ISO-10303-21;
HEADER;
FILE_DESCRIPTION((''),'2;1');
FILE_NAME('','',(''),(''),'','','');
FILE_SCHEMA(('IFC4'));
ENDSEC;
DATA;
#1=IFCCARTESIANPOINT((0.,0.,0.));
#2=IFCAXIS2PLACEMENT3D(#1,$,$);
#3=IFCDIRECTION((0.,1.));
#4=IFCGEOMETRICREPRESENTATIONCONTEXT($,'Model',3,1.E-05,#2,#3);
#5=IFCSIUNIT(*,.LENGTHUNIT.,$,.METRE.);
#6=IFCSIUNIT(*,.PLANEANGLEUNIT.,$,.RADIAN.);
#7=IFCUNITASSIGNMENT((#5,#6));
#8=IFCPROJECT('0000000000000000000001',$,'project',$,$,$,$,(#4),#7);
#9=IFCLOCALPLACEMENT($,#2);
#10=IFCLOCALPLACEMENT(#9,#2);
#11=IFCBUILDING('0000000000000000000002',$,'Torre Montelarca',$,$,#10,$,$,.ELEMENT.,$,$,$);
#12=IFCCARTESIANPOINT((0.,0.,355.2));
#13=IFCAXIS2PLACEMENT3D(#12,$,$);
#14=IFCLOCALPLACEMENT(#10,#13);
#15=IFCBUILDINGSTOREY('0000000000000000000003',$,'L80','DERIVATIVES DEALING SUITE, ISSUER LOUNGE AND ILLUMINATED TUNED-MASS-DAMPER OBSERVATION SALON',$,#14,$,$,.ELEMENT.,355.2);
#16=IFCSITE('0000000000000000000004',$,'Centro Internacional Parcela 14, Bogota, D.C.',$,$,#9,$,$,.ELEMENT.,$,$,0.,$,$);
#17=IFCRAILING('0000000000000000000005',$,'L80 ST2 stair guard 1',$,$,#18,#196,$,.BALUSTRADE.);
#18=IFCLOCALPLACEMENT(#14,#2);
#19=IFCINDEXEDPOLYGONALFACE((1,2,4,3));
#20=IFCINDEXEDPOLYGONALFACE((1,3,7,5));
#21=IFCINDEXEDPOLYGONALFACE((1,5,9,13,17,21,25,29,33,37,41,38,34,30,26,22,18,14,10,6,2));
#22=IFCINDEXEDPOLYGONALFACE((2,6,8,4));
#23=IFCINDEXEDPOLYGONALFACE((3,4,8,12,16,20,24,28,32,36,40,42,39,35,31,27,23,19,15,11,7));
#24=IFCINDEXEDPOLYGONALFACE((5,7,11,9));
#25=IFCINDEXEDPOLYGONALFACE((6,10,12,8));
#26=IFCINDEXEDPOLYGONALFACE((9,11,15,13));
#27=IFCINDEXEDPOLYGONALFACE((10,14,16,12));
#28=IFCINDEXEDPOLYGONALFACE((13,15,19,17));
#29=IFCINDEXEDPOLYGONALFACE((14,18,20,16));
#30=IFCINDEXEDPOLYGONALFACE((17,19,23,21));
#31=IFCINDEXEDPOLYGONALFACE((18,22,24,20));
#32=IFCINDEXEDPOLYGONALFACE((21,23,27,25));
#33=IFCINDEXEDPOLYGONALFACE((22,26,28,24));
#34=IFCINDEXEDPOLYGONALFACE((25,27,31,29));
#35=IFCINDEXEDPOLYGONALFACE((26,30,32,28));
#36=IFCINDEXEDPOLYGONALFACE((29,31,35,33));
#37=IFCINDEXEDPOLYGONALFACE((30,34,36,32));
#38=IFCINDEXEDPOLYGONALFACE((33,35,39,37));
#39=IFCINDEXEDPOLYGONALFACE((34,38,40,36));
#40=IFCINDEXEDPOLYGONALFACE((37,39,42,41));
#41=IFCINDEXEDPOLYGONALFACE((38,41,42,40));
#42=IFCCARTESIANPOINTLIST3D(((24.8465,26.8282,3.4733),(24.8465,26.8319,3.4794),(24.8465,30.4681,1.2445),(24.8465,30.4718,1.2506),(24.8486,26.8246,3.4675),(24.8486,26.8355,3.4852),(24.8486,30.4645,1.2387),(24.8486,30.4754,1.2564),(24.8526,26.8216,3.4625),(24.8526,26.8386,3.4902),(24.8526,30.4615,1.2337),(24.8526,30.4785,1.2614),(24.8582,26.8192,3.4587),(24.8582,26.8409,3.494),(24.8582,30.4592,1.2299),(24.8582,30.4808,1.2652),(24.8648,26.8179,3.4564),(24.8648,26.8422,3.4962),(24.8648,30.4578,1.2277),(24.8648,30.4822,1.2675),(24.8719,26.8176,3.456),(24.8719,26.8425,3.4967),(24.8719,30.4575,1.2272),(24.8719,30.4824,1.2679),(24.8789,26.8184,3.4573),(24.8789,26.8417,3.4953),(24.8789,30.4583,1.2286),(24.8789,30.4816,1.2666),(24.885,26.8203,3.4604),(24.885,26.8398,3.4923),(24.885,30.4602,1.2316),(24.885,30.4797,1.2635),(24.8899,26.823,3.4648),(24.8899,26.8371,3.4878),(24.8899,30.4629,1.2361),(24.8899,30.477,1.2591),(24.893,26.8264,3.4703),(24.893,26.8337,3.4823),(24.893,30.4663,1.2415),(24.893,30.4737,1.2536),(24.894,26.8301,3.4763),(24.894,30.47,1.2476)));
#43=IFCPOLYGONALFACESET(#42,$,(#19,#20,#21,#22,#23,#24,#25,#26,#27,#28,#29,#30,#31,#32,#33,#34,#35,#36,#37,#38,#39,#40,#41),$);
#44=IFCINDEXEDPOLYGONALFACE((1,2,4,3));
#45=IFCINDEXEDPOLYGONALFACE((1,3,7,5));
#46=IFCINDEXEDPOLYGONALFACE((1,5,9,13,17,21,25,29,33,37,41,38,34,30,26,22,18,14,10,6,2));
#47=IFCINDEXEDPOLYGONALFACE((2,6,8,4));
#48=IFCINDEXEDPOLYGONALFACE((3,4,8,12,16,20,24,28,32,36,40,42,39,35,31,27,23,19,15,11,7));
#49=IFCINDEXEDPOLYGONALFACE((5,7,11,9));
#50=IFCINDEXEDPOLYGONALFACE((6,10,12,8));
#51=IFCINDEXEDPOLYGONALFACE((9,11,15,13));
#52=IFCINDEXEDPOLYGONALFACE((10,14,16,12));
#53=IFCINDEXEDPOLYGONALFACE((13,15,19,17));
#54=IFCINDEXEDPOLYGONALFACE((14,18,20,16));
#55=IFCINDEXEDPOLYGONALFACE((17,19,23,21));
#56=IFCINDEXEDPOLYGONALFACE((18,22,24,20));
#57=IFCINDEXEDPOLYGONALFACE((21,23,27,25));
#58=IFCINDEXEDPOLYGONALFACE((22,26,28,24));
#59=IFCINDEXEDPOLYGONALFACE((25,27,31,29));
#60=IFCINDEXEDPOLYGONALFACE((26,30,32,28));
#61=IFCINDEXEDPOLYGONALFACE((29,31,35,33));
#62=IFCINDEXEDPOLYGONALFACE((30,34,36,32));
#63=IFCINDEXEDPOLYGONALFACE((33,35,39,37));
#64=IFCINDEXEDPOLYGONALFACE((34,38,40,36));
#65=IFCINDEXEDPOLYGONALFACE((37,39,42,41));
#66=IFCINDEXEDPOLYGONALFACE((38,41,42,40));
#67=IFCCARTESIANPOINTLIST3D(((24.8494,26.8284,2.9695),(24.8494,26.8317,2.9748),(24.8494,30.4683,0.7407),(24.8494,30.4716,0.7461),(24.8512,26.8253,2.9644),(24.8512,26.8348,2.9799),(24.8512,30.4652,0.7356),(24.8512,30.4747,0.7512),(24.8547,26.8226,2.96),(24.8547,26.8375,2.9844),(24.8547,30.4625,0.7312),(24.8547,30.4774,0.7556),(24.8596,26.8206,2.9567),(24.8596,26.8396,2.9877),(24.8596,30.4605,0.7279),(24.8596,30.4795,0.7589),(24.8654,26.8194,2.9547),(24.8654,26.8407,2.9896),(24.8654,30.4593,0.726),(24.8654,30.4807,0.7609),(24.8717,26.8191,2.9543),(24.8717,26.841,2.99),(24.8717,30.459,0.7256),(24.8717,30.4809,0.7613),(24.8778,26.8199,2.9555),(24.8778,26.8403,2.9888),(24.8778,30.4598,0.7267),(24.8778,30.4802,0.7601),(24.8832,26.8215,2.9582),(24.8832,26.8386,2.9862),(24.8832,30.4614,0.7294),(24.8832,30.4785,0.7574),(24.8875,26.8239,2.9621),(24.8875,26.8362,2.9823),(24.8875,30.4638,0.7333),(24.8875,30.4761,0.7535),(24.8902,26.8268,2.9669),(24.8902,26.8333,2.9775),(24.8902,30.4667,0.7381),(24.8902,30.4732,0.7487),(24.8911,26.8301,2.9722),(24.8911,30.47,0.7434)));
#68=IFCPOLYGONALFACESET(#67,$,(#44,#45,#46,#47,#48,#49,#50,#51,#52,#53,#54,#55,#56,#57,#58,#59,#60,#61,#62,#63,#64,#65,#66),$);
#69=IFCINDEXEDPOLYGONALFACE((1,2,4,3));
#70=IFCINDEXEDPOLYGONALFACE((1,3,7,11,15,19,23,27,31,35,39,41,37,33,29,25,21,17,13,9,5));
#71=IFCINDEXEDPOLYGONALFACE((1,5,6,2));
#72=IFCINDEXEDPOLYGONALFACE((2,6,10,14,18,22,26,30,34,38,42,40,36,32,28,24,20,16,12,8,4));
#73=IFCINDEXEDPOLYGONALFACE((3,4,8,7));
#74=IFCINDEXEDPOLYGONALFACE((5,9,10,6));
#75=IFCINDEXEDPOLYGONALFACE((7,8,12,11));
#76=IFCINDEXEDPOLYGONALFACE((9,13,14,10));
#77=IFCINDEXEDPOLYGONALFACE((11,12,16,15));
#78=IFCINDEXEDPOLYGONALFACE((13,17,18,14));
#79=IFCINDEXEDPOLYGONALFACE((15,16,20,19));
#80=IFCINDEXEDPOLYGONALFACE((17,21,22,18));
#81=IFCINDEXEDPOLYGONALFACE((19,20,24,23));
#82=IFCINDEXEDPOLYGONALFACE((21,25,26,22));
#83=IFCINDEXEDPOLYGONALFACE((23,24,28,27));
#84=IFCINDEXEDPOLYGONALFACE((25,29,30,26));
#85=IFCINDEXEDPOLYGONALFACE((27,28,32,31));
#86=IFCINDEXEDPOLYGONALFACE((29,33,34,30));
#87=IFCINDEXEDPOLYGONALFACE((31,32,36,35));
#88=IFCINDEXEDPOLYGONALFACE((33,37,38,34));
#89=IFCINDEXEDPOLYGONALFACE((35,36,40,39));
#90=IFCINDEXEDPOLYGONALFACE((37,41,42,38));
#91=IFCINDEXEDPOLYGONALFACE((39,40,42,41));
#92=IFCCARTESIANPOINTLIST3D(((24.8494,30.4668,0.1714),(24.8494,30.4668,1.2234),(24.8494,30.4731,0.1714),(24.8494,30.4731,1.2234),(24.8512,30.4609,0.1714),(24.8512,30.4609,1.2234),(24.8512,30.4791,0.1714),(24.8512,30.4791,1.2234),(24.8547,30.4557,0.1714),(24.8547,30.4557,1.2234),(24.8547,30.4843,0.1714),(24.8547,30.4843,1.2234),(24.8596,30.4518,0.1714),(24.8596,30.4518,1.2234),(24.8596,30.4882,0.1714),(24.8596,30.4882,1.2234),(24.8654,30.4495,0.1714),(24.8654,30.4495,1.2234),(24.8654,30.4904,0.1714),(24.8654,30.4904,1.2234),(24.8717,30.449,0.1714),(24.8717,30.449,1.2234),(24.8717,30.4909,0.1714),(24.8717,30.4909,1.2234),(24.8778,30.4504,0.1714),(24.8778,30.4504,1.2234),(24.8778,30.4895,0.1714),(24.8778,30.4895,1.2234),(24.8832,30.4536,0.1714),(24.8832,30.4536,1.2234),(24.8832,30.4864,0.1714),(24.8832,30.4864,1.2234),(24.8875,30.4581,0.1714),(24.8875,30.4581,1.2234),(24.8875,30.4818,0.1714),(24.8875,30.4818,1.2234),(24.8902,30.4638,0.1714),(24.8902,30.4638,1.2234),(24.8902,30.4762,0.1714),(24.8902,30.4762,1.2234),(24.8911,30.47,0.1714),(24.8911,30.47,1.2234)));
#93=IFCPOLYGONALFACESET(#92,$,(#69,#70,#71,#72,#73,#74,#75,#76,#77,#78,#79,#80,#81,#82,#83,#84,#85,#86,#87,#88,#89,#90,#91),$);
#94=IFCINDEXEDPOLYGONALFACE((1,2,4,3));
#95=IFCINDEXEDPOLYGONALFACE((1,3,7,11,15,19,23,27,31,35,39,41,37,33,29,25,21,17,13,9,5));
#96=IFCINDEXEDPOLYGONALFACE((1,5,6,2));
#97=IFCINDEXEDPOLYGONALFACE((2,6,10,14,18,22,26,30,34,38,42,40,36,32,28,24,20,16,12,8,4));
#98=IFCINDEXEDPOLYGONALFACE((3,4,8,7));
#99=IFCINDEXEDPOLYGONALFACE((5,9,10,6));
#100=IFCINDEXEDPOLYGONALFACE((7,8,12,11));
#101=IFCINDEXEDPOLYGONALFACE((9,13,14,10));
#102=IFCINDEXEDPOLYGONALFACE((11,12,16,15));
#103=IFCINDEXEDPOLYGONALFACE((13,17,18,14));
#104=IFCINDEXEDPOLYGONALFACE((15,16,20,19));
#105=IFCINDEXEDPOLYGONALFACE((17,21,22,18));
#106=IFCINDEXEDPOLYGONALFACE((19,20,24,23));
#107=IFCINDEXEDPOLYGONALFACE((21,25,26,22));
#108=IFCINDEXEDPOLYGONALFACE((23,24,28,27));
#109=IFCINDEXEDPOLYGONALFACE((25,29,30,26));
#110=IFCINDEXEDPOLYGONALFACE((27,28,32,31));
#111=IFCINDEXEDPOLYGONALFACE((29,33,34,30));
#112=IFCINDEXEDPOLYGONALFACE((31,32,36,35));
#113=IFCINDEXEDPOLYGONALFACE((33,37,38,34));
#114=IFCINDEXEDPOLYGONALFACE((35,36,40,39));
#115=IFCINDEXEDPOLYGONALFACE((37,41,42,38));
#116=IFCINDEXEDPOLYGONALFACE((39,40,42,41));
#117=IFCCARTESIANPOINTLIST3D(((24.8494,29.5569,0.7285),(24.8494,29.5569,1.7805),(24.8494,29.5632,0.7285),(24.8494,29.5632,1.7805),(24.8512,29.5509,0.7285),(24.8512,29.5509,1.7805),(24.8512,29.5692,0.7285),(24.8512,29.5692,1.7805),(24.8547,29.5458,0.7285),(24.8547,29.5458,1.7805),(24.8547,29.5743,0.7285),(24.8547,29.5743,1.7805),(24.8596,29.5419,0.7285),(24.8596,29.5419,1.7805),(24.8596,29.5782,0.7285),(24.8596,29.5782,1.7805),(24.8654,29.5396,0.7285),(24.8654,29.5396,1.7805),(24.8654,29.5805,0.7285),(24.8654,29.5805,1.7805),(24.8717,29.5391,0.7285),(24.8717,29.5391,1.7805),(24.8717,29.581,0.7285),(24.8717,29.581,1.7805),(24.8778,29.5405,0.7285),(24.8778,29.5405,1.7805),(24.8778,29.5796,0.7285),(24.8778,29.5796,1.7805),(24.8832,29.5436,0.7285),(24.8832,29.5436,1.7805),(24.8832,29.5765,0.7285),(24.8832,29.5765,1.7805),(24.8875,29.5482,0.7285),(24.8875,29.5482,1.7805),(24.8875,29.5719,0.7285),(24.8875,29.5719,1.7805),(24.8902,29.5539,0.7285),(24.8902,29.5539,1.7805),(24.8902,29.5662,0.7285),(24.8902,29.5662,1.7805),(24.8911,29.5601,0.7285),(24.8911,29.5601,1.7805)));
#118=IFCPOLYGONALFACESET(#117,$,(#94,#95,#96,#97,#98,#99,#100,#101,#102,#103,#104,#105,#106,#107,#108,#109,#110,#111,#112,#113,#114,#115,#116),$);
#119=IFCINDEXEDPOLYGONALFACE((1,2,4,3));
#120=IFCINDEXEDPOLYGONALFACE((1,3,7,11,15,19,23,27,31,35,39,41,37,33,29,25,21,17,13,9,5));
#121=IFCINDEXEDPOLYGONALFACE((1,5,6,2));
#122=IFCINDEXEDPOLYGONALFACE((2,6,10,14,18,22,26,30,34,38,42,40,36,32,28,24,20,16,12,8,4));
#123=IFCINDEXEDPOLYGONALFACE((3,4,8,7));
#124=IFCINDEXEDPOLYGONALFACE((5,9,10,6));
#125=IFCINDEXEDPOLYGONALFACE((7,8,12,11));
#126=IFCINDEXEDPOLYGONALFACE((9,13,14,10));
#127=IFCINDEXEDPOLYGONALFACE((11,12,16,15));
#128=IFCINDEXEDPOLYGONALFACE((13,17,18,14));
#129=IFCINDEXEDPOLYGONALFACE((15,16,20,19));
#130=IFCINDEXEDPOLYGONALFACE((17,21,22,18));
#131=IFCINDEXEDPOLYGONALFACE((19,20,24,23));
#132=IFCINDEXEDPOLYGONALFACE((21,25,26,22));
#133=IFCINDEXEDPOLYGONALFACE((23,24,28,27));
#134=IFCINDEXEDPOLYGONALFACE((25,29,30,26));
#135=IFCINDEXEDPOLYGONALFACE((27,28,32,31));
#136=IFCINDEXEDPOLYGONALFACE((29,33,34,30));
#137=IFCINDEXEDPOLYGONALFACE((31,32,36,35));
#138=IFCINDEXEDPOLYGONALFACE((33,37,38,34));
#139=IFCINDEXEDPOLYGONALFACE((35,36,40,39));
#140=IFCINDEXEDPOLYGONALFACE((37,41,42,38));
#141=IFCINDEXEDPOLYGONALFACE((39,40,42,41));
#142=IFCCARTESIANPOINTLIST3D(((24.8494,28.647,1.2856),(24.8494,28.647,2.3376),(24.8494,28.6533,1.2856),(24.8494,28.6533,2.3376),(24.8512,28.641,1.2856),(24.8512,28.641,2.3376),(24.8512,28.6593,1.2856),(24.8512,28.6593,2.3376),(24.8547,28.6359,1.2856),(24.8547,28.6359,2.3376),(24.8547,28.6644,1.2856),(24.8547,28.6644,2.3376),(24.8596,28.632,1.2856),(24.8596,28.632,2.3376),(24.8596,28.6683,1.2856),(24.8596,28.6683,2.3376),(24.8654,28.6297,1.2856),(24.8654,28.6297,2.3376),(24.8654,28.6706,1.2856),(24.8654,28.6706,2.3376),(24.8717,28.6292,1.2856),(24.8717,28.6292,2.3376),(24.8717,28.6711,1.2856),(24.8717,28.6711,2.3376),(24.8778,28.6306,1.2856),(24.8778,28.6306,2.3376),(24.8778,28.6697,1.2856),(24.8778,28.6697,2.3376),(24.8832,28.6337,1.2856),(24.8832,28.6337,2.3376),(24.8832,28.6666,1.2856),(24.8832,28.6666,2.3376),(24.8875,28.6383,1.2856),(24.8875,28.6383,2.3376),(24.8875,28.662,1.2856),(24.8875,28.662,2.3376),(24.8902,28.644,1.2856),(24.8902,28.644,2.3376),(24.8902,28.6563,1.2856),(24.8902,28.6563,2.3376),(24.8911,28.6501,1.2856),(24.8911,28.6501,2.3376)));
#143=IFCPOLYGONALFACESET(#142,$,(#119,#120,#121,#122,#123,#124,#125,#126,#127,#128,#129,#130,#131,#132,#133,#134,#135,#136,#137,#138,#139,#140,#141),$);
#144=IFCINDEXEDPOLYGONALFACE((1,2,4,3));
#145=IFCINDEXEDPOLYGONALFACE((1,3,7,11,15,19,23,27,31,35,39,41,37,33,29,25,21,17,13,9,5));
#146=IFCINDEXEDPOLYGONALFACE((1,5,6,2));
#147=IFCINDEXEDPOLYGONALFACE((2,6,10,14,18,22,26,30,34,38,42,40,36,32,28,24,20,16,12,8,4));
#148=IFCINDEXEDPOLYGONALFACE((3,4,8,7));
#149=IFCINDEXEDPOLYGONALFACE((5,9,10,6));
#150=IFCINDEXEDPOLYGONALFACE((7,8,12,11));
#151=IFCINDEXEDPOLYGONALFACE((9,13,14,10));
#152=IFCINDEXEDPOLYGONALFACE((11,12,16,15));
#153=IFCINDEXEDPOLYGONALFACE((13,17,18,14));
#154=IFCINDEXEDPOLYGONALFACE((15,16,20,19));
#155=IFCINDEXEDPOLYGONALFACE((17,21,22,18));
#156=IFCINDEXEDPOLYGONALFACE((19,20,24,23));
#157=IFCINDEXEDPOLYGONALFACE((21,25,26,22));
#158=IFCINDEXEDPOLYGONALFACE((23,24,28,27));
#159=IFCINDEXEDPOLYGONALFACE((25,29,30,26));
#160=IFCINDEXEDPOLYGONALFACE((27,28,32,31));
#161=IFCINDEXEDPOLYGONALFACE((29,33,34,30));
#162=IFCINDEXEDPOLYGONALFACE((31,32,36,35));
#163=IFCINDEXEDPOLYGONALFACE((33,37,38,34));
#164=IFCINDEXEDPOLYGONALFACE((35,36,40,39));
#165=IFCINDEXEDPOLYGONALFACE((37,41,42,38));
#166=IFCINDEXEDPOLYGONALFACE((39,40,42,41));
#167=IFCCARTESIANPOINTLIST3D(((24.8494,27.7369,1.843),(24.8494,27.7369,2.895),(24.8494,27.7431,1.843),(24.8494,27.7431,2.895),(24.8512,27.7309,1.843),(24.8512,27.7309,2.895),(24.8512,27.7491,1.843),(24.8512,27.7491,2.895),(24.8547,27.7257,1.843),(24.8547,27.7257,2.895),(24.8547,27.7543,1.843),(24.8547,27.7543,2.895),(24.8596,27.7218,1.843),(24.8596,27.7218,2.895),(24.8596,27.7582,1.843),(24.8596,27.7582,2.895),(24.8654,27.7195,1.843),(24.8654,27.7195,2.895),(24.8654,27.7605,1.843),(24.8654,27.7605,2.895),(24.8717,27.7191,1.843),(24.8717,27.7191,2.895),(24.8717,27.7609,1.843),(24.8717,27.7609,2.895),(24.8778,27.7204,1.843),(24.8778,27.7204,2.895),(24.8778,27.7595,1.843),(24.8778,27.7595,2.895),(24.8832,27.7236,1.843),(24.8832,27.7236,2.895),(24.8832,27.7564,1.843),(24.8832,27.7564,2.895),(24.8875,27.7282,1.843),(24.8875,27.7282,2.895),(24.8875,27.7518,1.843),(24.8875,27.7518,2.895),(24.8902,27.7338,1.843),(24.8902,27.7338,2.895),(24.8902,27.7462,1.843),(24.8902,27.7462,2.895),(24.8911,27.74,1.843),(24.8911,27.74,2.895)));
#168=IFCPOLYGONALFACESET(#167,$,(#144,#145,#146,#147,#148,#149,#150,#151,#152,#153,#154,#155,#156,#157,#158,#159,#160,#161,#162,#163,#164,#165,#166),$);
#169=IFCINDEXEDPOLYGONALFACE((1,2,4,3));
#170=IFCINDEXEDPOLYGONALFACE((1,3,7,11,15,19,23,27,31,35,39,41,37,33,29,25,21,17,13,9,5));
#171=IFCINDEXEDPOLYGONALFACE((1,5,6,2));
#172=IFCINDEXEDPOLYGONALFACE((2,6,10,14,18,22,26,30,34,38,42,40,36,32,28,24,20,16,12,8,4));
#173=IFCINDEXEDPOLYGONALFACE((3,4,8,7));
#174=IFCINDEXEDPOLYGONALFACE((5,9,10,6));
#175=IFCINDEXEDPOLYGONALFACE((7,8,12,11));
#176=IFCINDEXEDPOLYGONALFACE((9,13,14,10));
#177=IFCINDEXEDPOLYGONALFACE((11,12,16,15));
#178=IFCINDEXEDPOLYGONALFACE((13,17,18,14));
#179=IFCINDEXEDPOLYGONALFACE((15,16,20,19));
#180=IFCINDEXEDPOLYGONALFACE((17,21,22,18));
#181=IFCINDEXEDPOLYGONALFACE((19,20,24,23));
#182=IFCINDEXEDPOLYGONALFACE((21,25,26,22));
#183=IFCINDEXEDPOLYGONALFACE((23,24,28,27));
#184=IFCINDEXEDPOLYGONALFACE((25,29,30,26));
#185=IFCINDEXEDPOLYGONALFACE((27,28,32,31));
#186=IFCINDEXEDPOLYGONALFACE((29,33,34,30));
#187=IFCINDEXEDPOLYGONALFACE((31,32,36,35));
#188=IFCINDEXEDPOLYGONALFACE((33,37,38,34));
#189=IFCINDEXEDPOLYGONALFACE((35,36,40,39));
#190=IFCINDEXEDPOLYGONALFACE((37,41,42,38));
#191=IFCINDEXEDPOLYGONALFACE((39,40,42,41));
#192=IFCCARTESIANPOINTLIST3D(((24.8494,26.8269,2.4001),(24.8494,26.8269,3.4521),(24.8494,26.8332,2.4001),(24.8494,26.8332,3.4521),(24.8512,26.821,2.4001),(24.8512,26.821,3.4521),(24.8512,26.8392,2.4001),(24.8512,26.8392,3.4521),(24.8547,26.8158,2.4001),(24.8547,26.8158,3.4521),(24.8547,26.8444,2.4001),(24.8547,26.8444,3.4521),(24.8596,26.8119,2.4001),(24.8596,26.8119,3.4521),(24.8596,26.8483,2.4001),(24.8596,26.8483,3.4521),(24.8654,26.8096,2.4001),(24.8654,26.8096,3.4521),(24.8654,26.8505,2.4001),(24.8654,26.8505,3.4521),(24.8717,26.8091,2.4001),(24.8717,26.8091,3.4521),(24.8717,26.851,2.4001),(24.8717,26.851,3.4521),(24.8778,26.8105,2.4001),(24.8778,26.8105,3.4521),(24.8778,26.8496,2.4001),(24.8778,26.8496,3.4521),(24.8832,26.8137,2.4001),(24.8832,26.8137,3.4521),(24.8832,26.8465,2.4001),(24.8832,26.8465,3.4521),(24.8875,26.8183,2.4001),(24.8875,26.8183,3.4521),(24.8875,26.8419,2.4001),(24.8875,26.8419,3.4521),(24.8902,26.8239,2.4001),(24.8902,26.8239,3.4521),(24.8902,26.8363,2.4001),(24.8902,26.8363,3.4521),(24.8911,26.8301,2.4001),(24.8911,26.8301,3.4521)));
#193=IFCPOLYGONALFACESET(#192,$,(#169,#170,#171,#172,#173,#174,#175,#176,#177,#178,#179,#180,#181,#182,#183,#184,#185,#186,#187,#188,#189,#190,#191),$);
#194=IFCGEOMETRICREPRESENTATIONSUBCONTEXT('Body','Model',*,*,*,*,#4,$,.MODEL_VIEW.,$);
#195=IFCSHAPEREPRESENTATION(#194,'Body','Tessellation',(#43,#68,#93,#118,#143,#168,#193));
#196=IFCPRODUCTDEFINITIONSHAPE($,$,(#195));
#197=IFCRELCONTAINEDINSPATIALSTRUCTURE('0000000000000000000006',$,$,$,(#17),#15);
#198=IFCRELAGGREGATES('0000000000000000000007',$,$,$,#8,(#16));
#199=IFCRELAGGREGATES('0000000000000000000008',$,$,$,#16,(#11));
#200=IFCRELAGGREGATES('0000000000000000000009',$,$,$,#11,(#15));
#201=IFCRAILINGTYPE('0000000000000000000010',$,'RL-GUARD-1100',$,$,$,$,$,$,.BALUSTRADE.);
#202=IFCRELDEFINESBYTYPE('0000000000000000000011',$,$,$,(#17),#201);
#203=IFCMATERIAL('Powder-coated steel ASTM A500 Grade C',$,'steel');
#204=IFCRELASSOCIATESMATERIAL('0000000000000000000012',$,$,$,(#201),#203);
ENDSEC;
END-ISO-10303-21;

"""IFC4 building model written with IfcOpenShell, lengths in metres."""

from ifc_helpers import new_model, si_unit, direction, frame, origin, origin_2d, place, context, subcontext, project, spatial, circle, extrude, material, type_object, element, save


model = new_model("IFC4")

# Units and contexts
model_context = context("Model", 3, precision=1e-05, world=origin(), true_north=direction((0.0, 1.0)))
body_context = subcontext(model_context, "Body", "Model", "MODEL_VIEW")
ifc_project = project(units=[si_unit("LENGTHUNIT", "METRE"), si_unit("PLANEANGLEUNIT", "RADIAN")], contexts=[model_context])

# Site, building, storey
site_placement = place(None, origin())
site = spatial("IfcSite", under=ifc_project, at=site_placement, Name="Centro Internacional Parcela 14, Bogota, D.C.", CompositionType="ELEMENT", RefElevation=0.0)
building_placement = place(site_placement, origin())
building = spatial("IfcBuilding", under=site, at=building_placement, Name="Torre Montelarca", CompositionType="ELEMENT")
storey_placement = place(building_placement, frame((0.0, 0.0, 355.2)))
storey = spatial("IfcBuildingStorey", under=building, at=storey_placement, Name="L80", Description="DERIVATIVES DEALING SUITE, ISSUER LOUNGE AND ILLUMINATED TUNED-MASS-DAMPER OBSERVATION SALON", CompositionType="ELEMENT", Elevation=355.2)

# Railing
ifc_material_1 = material(Name="Powder-coated steel ASTM A500 Grade C", Category="steel")
railing_type_1 = type_object("IfcRailingType", Name="RL-GUARD-1100", PredefinedType="BALUSTRADE", material=ifc_material_1)
railing_1_placement = place(storey_placement, frame((24.8701, 30.47, 0.1714)))
element("IfcRailing", 1, at=railing_1_placement, inside=storey, type_object=railing_type_1, Name="L80 ST2 stair guard 1", PredefinedType="BALUSTRADE", context=body_context, shape_type="SweptSolid", body=[
    extrude(circle(Radius=0.0239, at=origin_2d()), frame((0.0, 0.0, 1.0762), z_axis=(0.0, -0.852825, 0.522197), x_axis=(1.0, 0.0, 0.0)), (0.0, 0.0, 1.0), 4.2681),
    extrude(circle(Radius=0.021, at=origin_2d()), frame((0.0, 0.0, 0.572), z_axis=(0.0, -0.852825, 0.522197), x_axis=(1.0, 0.0, 0.0)), (0.0, 0.0, 1.0), 4.2681),
    extrude(circle(Radius=0.021, at=origin_2d()), origin(), (0.0, 0.0, 1.0), 1.052),
    extrude(circle(Radius=0.021, at=origin_2d()), frame((0.0, -0.9099, 0.5571)), (0.0, 0.0, 1.0), 1.052),
    extrude(circle(Radius=0.021, at=origin_2d()), frame((0.0, -1.8198, 1.1143)), (0.0, 0.0, 1.0), 1.052),
    extrude(circle(Radius=0.021, at=origin_2d()), frame((0.0, -2.73, 1.6716)), (0.0, 0.0, 1.0), 1.052),
    extrude(circle(Radius=0.021, at=origin_2d()), frame((0.0, -3.6399, 2.2288)), (0.0, 0.0, 1.0), 1.052),
])

save(model, "model.ifc")
